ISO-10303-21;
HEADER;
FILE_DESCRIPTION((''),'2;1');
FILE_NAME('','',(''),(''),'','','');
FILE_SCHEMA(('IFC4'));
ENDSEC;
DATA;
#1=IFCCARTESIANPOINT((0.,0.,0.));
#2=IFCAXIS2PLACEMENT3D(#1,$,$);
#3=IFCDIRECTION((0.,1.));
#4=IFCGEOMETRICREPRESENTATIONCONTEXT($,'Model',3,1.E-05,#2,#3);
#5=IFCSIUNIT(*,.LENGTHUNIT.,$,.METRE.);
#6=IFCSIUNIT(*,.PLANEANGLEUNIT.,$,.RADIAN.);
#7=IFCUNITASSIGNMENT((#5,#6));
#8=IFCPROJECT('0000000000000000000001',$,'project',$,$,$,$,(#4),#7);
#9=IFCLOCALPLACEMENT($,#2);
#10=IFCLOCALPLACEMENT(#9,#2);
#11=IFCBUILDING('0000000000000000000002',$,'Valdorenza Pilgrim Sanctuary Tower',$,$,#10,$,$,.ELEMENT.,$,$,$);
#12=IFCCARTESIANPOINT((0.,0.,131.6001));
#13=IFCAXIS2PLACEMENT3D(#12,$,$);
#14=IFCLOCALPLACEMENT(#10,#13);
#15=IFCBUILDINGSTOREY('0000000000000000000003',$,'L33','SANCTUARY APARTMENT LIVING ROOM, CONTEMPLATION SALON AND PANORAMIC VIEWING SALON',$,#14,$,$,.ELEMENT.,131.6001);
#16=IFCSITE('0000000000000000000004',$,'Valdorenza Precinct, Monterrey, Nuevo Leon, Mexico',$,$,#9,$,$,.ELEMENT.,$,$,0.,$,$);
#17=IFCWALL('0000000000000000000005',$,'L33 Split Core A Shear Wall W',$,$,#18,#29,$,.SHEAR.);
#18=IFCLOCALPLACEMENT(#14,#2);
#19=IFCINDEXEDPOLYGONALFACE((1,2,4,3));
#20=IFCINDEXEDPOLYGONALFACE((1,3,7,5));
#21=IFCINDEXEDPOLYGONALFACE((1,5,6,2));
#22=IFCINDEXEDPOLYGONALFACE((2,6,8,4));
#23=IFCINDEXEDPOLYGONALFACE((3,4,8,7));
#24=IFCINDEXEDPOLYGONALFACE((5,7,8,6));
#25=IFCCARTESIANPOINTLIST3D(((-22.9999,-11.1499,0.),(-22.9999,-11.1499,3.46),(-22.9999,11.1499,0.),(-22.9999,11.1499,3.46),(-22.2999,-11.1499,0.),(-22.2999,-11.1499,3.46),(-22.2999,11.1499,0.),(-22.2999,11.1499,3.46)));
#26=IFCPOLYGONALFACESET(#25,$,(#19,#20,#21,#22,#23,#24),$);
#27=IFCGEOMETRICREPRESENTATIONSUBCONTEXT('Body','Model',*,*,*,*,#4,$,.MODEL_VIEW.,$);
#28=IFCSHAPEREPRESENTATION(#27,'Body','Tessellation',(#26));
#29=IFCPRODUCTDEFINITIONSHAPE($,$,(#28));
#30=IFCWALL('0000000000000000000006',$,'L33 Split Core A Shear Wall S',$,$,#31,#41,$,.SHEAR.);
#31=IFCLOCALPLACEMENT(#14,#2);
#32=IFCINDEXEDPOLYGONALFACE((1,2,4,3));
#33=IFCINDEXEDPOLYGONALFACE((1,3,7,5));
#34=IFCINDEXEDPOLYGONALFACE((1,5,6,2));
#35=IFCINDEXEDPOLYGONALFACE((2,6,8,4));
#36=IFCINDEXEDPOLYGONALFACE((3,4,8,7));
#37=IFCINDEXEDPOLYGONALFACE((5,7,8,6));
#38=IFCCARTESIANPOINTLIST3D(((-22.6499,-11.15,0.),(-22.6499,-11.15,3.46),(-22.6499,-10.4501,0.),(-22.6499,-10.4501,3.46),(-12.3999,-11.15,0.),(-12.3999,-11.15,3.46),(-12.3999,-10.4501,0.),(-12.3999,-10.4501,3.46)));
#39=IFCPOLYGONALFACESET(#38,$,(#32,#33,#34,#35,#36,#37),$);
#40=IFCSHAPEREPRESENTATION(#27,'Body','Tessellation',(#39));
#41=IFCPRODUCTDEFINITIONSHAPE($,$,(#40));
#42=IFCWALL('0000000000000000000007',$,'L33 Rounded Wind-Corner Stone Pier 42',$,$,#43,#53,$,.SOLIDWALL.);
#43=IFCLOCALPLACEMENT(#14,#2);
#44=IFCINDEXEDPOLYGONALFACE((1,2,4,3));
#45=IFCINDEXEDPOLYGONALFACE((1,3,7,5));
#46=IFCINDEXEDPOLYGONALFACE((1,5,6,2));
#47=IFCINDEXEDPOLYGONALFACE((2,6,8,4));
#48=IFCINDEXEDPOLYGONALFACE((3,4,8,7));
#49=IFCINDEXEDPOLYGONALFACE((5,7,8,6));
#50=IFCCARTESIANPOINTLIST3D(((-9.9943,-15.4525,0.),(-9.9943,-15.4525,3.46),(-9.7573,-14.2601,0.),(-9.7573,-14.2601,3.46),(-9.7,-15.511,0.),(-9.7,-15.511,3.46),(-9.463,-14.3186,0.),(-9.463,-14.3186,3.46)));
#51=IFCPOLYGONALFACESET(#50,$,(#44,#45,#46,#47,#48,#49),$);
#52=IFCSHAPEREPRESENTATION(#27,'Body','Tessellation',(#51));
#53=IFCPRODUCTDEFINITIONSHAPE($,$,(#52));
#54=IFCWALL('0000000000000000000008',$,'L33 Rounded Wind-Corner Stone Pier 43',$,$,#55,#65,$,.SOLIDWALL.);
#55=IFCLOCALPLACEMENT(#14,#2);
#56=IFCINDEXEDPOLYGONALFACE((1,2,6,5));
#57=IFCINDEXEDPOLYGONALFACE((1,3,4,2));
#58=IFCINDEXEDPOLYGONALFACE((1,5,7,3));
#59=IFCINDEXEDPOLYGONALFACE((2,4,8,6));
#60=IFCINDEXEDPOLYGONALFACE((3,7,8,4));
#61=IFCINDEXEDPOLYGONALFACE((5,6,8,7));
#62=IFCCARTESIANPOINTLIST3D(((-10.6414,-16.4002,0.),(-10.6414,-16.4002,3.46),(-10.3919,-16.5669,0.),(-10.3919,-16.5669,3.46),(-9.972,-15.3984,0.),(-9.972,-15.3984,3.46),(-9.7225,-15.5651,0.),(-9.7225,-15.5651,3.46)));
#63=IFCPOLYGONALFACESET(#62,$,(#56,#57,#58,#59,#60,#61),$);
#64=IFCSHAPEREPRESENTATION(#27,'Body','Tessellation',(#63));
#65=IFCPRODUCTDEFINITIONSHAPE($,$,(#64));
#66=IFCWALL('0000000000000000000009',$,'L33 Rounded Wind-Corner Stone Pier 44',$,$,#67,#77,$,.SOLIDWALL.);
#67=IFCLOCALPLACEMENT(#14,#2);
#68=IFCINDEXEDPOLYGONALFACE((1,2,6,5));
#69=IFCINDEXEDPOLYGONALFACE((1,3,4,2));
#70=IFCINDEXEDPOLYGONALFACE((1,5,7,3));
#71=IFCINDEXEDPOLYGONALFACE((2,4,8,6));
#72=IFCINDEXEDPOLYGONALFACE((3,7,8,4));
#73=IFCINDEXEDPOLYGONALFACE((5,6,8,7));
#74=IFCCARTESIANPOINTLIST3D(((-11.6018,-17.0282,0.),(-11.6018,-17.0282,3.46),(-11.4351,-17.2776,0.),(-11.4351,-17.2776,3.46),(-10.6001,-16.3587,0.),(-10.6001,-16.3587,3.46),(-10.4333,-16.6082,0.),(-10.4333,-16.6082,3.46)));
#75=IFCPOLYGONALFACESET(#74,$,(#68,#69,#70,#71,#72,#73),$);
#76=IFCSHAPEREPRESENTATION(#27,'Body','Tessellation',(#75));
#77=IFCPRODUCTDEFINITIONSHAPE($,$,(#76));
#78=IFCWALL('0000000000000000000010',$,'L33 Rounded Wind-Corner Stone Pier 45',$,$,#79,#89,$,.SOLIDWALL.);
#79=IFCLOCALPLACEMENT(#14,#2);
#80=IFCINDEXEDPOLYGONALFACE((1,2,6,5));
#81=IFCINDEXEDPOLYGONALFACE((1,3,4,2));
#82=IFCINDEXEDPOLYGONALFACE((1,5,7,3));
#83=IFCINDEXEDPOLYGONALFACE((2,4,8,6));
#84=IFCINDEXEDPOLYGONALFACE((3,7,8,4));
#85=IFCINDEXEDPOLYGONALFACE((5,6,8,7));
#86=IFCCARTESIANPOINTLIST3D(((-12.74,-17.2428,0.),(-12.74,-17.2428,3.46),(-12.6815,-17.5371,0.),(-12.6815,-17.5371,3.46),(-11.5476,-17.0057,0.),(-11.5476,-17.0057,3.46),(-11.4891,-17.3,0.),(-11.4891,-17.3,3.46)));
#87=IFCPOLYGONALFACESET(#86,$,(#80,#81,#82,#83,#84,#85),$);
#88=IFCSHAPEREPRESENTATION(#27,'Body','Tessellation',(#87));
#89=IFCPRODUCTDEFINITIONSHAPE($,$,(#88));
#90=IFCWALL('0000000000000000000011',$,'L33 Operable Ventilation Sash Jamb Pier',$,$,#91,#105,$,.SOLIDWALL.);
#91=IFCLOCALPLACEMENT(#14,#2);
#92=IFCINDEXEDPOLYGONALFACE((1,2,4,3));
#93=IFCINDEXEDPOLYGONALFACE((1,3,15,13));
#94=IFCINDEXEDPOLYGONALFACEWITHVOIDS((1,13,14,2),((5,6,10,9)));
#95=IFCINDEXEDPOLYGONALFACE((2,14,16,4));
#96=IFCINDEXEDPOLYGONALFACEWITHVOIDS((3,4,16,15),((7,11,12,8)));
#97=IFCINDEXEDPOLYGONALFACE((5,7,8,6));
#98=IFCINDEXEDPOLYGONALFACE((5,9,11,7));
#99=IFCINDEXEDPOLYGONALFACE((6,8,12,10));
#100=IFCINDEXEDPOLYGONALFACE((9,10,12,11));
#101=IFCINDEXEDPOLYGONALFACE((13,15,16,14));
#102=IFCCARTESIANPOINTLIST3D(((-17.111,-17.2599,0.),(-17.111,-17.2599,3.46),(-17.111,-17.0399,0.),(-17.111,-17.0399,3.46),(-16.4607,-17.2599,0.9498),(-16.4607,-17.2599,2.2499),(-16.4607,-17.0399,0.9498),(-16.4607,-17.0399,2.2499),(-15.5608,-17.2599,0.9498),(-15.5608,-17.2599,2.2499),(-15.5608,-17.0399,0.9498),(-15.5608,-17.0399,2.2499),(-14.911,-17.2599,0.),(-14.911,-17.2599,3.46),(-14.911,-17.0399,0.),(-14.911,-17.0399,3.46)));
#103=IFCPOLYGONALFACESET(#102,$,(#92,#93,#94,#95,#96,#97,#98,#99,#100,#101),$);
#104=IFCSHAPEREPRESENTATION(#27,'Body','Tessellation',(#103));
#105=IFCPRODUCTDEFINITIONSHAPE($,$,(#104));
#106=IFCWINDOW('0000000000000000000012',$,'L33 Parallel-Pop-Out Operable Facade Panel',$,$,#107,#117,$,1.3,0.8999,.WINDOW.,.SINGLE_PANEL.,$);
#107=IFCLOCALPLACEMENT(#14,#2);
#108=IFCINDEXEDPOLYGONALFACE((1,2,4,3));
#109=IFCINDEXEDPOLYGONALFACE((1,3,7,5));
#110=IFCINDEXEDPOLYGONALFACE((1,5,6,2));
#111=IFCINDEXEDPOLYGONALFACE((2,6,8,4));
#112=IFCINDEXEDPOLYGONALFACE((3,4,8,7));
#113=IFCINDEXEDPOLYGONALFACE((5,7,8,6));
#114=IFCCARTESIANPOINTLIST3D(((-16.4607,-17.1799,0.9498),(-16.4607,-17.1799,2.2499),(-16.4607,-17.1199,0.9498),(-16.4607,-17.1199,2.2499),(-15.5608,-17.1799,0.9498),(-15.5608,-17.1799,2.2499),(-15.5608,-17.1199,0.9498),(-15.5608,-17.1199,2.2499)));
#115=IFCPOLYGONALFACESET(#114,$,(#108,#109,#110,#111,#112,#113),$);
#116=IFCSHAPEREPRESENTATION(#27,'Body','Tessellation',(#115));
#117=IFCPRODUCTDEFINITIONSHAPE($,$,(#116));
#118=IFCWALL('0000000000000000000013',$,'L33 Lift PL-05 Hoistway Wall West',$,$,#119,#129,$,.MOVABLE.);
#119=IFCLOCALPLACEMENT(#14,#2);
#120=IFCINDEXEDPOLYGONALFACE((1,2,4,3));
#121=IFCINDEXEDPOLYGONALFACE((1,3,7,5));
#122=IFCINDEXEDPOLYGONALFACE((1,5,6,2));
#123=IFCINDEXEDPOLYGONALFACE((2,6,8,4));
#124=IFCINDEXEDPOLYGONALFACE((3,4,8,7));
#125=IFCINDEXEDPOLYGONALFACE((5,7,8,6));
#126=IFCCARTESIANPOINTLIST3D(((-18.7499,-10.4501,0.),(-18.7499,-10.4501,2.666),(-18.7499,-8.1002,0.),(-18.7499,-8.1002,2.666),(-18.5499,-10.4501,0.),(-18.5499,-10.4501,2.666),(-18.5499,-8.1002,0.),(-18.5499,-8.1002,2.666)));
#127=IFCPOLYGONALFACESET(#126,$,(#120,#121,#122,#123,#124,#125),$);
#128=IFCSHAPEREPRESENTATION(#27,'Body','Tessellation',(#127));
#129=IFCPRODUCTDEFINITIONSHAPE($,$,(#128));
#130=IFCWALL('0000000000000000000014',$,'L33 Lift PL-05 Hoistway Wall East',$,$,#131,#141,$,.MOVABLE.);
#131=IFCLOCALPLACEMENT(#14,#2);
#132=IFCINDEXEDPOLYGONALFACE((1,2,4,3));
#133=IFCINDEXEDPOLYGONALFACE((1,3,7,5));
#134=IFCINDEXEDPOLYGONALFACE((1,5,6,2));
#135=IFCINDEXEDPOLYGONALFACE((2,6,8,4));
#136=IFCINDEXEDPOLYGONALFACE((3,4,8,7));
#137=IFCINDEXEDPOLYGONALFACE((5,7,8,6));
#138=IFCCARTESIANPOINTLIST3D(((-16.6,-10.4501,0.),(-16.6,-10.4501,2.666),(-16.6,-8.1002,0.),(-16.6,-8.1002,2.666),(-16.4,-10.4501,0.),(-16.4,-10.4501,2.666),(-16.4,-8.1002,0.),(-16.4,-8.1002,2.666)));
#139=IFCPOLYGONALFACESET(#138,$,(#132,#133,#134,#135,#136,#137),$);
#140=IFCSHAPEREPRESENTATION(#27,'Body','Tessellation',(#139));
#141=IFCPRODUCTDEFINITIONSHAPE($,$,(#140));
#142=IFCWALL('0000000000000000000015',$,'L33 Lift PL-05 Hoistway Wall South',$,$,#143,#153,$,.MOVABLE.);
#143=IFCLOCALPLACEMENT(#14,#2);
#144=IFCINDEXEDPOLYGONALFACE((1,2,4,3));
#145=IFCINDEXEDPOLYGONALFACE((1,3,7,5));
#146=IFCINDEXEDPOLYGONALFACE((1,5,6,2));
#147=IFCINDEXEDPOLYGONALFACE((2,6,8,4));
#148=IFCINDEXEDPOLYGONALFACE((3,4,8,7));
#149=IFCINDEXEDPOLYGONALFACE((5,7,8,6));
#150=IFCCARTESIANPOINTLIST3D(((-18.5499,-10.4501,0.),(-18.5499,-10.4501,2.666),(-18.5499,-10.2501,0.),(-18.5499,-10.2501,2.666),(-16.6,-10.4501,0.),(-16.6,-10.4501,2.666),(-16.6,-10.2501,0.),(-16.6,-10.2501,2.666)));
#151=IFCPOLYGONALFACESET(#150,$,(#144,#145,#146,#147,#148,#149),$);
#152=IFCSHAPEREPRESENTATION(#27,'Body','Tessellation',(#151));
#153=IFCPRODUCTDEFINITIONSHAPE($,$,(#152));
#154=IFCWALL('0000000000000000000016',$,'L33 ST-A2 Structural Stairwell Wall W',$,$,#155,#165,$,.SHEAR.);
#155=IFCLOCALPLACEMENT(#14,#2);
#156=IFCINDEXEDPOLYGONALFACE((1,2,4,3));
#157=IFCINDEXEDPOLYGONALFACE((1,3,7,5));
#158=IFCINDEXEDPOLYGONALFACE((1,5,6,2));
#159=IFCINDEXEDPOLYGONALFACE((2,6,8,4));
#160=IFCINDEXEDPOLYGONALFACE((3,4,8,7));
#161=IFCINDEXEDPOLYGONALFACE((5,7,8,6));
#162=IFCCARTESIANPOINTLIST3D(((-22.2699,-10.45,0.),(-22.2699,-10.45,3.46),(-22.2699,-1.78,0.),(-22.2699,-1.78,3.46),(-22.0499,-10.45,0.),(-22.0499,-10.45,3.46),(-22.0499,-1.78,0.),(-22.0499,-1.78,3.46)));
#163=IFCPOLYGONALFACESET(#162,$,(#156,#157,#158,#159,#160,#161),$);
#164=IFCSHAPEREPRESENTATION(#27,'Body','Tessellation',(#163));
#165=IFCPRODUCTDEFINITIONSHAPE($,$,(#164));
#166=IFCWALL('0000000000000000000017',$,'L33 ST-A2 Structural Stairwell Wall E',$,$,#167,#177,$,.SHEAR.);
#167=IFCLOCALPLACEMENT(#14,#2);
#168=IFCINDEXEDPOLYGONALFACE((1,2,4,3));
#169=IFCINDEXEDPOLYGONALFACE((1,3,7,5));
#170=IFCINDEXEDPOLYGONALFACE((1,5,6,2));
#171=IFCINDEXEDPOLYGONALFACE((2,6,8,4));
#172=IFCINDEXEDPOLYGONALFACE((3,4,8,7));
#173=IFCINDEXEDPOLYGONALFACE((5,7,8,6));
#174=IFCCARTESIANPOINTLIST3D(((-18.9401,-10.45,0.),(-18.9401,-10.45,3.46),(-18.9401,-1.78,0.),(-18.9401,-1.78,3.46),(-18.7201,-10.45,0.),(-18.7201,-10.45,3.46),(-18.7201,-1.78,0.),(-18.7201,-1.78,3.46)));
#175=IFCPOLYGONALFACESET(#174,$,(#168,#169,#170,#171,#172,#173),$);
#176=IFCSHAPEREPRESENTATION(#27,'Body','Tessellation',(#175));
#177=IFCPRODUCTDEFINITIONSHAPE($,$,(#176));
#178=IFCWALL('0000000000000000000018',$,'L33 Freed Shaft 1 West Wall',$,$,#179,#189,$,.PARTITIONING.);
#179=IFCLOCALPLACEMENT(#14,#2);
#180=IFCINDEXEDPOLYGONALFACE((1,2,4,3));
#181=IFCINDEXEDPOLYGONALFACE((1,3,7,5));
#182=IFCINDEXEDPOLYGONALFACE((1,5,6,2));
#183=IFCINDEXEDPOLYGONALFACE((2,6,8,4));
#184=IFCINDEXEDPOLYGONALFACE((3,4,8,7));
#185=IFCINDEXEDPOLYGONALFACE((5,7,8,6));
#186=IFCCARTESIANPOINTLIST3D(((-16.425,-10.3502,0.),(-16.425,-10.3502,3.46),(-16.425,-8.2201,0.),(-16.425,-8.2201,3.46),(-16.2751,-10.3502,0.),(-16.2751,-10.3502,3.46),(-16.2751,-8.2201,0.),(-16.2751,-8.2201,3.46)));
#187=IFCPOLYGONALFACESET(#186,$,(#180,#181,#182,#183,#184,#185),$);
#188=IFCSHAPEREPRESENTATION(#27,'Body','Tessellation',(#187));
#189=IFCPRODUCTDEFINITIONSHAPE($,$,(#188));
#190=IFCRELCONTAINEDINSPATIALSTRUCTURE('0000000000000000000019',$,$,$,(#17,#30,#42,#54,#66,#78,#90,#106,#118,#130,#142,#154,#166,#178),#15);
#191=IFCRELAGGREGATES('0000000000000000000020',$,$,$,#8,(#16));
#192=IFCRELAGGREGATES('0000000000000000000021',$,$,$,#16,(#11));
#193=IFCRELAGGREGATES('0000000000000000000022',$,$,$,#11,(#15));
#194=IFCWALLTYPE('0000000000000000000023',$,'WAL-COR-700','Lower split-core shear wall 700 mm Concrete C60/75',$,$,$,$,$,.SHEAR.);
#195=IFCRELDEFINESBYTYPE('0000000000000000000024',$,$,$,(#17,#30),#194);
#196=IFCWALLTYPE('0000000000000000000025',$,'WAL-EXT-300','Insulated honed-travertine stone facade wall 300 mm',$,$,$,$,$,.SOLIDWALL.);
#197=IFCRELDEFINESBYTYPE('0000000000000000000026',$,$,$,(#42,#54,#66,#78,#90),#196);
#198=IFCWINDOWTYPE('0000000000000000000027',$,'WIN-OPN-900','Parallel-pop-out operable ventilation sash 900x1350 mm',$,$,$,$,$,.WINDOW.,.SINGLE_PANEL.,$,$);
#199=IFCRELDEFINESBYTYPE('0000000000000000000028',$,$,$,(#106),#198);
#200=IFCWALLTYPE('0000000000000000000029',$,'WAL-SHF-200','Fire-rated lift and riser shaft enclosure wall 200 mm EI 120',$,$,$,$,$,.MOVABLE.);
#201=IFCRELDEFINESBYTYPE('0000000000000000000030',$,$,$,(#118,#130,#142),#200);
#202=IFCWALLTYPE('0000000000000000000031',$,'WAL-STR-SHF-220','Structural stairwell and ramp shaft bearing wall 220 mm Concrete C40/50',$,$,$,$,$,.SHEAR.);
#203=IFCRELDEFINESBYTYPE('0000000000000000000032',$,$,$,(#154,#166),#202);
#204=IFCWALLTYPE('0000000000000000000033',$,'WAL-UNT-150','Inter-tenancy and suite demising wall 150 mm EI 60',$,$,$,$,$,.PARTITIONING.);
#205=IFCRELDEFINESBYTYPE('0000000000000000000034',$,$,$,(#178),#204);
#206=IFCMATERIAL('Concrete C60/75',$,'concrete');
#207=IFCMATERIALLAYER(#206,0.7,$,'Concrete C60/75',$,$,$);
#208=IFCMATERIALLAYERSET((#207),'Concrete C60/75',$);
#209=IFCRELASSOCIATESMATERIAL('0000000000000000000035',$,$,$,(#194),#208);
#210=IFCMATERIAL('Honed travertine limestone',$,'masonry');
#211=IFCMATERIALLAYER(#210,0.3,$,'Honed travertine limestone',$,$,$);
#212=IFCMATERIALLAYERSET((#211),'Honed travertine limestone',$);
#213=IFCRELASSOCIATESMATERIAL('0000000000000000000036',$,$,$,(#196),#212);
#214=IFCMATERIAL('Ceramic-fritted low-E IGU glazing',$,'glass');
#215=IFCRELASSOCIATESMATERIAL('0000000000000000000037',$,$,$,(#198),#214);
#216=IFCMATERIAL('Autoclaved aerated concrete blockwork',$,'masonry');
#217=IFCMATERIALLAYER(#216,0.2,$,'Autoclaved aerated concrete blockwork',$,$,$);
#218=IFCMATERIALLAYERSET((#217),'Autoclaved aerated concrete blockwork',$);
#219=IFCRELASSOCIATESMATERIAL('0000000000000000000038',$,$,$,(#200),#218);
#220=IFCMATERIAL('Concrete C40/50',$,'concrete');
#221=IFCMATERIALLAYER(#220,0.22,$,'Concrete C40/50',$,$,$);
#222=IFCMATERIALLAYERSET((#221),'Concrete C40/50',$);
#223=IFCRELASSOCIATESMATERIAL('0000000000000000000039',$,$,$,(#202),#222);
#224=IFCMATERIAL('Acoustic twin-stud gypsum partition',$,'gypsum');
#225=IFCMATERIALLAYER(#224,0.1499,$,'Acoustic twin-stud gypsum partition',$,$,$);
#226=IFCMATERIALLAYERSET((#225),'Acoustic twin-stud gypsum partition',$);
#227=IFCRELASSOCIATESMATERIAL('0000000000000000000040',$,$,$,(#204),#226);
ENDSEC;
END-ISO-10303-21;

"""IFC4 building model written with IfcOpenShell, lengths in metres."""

from ifc_helpers import new_model, si_unit, direction, frame, frame_2d, origin, place, context, subcontext, project, spatial, rectangle, extrude, material, layer, layer_set, type_object, element, fill, save


model = new_model("IFC4")

# Units and contexts
model_context = context("Model", 3, precision=1e-05, world=origin(), true_north=direction((0.0, 1.0)))
body_context = subcontext(model_context, "Body", "Model", "MODEL_VIEW")
ifc_project = project(units=[si_unit("LENGTHUNIT", "METRE"), si_unit("PLANEANGLEUNIT", "RADIAN")], contexts=[model_context])

# Site, building, storey
site_placement = place(None, origin())
site = spatial("IfcSite", under=ifc_project, at=site_placement, Name="Valdorenza Precinct, Monterrey, Nuevo Leon, Mexico", CompositionType="ELEMENT", RefElevation=0.0)
building_placement = place(site_placement, origin())
building = spatial("IfcBuilding", under=site, at=building_placement, Name="Valdorenza Pilgrim Sanctuary Tower", CompositionType="ELEMENT")
storey_placement = place(building_placement, frame((0.0, 0.0, 131.6001)))
storey = spatial("IfcBuildingStorey", under=building, at=storey_placement, Name="L33", Description="SANCTUARY APARTMENT LIVING ROOM, CONTEMPLATION SALON AND PANORAMIC VIEWING SALON", CompositionType="ELEMENT", Elevation=131.6001)

# Shared definitions
ifc_material_1 = material(Name="Concrete C60/75", Category="concrete")

# Shared definitions
ifc_material_2 = material(Name="Honed travertine limestone", Category="masonry")
ifc_material_3 = material(Name="Ceramic-fritted low-E IGU glazing", Category="glass")

# Walls
ifc_material_4 = material(Name="Acoustic twin-stud gypsum partition", Category="gypsum")
ifc_layer_1 = layer(ifc_material_1, 0.7, Name="Concrete C60/75")
ifc_layer_set_1 = layer_set([ifc_layer_1], Name="Concrete C60/75")
wall_type_1 = type_object("IfcWallType", Name="WAL-COR-700", Description="Lower split-core shear wall 700 mm Concrete C60/75", PredefinedType="SHEAR", material=ifc_layer_set_1)
wall_1_placement = place(storey_placement, frame((-22.6499, -11.1499, 0.0), z_axis=(0.0, 0.0, 1.0), x_axis=(0.0, 1.0, 0.0)))
element("IfcWall", 1, at=wall_1_placement, inside=storey, type_object=wall_type_1, Name="L33 Split Core A Shear Wall W", PredefinedType="SHEAR", context=body_context, shape_type="SweptSolid", body=[
    extrude(rectangle(XDim=22.2998, YDim=0.7, at=frame_2d((11.1499, 0.0))), origin(), (0.0, 0.0, 1.0), 3.46),
])
wall_2_placement = place(storey_placement, frame((-22.6499, -10.8, 0.0), z_axis=(0.0, 0.0, 1.0), x_axis=(1.0, 0.0, 0.0)))
element("IfcWall", 2, at=wall_2_placement, inside=storey, type_object=wall_type_1, Name="L33 Split Core A Shear Wall S", PredefinedType="SHEAR", context=body_context, shape_type="SweptSolid", body=[
    extrude(rectangle(XDim=10.25, YDim=0.7, at=frame_2d((5.125, 0.0))), origin(), (0.0, 0.0, 1.0), 3.46),
])
ifc_layer_2 = layer(ifc_material_2, 0.3, Name="Honed travertine limestone")
ifc_layer_set_2 = layer_set([ifc_layer_2], Name="Honed travertine limestone")
wall_type_2 = type_object("IfcWallType", Name="WAL-EXT-300", Description="Insulated honed-travertine stone facade wall 300 mm", PredefinedType="SOLIDWALL", material=ifc_layer_set_2)
wall_3_placement = place(storey_placement, frame((-9.6101, -14.2893, 0.0), z_axis=(0.0, 0.0, 1.0), x_axis=(-0.194996, -0.980804, 0.0)))
element("IfcWall", 3, at=wall_3_placement, inside=storey, type_object=wall_type_2, Name="L33 Rounded Wind-Corner Stone Pier 42", PredefinedType="SOLIDWALL", context=body_context, shape_type="SweptSolid", body=[
    extrude(rectangle(XDim=1.2158, YDim=0.3, at=frame_2d((0.6079, 0.0))), origin(), (0.0, 0.0, 1.0), 3.46),
])
for number, where, z_axis, x_axis, name in (
    (4, (-9.8472, -15.4817, 0.0), (0.0, 0.0, 1.0), (-0.555635, -0.831426, 0.0), "L33 Rounded Wind-Corner Stone Pier 43"),
    (5, (-10.5166, -16.4834, 0.0), (0.0, 0.0, 1.0), (-0.831426, -0.555635, 0.0), "L33 Rounded Wind-Corner Stone Pier 44"),
):
    element("IfcWall", number, at=place(storey_placement, frame(where, z_axis=z_axis, x_axis=x_axis)), inside=storey, type_object=wall_type_2, Name=name, PredefinedType="SOLIDWALL", context=body_context, shape_type="SweptSolid", body=[
        extrude(rectangle(XDim=1.2048, YDim=0.3, at=frame_2d((0.6025, 0.0))), origin(), (0.0, 0.0, 1.0), 3.46),
    ])
wall_4_placement = place(storey_placement, frame((-11.5183, -17.1528, 0.0), z_axis=(0.0, 0.0, 1.0), x_axis=(-0.980804, -0.194996, 0.0)))
element("IfcWall", 6, at=wall_4_placement, inside=storey, type_object=wall_type_2, Name="L33 Rounded Wind-Corner Stone Pier 45", PredefinedType="SOLIDWALL", context=body_context, shape_type="SweptSolid", body=[
    extrude(rectangle(XDim=1.2158, YDim=0.3, at=frame_2d((0.6079, 0.0))), origin(), (0.0, 0.0, 1.0), 3.46),
])

# Wall, opening, window
wall_5_placement = place(storey_placement, frame((-14.9109, -17.1499, 0.0), z_axis=(0.0, 0.0, 1.0), x_axis=(-1.0, 0.0, 0.0)))
wall_5 = element("IfcWall", 7, at=wall_5_placement, inside=storey, type_object=wall_type_2, Name="L33 Operable Ventilation Sash Jamb Pier", PredefinedType="SOLIDWALL", context=body_context, shape_type="SweptSolid", body=[
    extrude(rectangle(XDim=2.2, YDim=0.22, at=frame_2d((1.1001, 0.0))), origin(), (0.0, 0.0, 1.0), 3.46),
])
opening_placement = place(wall_5_placement, frame((0.6499, 0.0, 0.95)))
opening = element("IfcOpeningElement", 8, at=opening_placement, cuts=wall_5, PredefinedType="OPENING", context=body_context, shape_type="SweptSolid", body=[
    extrude(rectangle(XDim=0.8999, YDim=1.3, at=frame_2d((0.45, 0.6499))), frame((0.0, 0.125, 0.0), z_axis=(0.0, -1.0, 0.0), x_axis=(1.0, 0.0, 0.0)), (0.0, 0.0, 1.0), 0.2498),
])
window_type = type_object("IfcWindowType", Name="WIN-OPN-900", Description="Parallel-pop-out operable ventilation sash 900x1350 mm", PartitioningType="SINGLE_PANEL", PredefinedType="WINDOW", material=ifc_material_3)
window_placement = place(opening_placement, origin())
window = element("IfcWindow", 9, at=window_placement, inside=storey, type_object=window_type, Name="L33 Parallel-Pop-Out Operable Facade Panel", OverallHeight=1.3, OverallWidth=0.8999, PartitioningType="SINGLE_PANEL", PredefinedType="WINDOW", context=body_context, shape_type="SweptSolid", body=[
    extrude(rectangle(XDim=0.8999, YDim=1.3, at=frame_2d((0.45, 0.6499))), frame((0.0, 0.03, 0.0), z_axis=(0.0, -1.0, 0.0), x_axis=(1.0, 0.0, 0.0)), (0.0, 0.0, 1.0), 0.0601),
])
fill(opening, window)

# Walls
ifc_material_5 = material(Name="Autoclaved aerated concrete blockwork", Category="masonry")
ifc_layer_3 = layer(ifc_material_5, 0.2, Name="Autoclaved aerated concrete blockwork")
ifc_layer_set_3 = layer_set([ifc_layer_3], Name="Autoclaved aerated concrete blockwork")
wall_type_3 = type_object("IfcWallType", Name="WAL-SHF-200", Description="Fire-rated lift and riser shaft enclosure wall 200 mm EI 120", PredefinedType="MOVABLE", material=ifc_layer_set_3)
for number, where, z_axis, x_axis, name in (
    (10, (-18.6499, -10.45, 0.0), (0.0, 0.0, 1.0), (0.0, 1.0, 0.0), "L33 Lift PL-05 Hoistway Wall West"),
    (11, (-16.5, -10.45, 0.0), (0.0, 0.0, 1.0), (0.0, 1.0, 0.0), "L33 Lift PL-05 Hoistway Wall East"),
):
    element("IfcWall", number, at=place(storey_placement, frame(where, z_axis=z_axis, x_axis=x_axis)), inside=storey, type_object=wall_type_3, Name=name, PredefinedType="MOVABLE", context=body_context, shape_type="SweptSolid", body=[
        extrude(rectangle(XDim=2.3499, YDim=0.2, at=frame_2d((1.1748, 0.0))), origin(), (0.0, 0.0, 1.0), 2.666),
    ])
wall_6_placement = place(storey_placement, frame((-18.55, -10.3501, 0.0), z_axis=(0.0, 0.0, 1.0), x_axis=(1.0, 0.0, 0.0)))
element("IfcWall", 12, at=wall_6_placement, inside=storey, type_object=wall_type_3, Name="L33 Lift PL-05 Hoistway Wall South", PredefinedType="MOVABLE", context=body_context, shape_type="SweptSolid", body=[
    extrude(rectangle(XDim=1.95, YDim=0.2, at=frame_2d((0.9751, 0.0))), origin(), (0.0, 0.0, 1.0), 2.666),
])
ifc_material_6 = material(Name="Concrete C40/50", Category="concrete")
ifc_layer_4 = layer(ifc_material_6, 0.22, Name="Concrete C40/50")
ifc_layer_set_4 = layer_set([ifc_layer_4], Name="Concrete C40/50")
wall_type_4 = type_object("IfcWallType", Name="WAL-STR-SHF-220", Description="Structural stairwell and ramp shaft bearing wall 220 mm Concrete C40/50", PredefinedType="SHEAR", material=ifc_layer_set_4)
for number, where, z_axis, x_axis, name in (
    (13, (-22.1599, -10.45, 0.0), (0.0, 0.0, 1.0), (0.0, 1.0, 0.0), "L33 ST-A2 Structural Stairwell Wall W"),
    (14, (-18.8301, -10.45, 0.0), (0.0, 0.0, 1.0), (0.0, 1.0, 0.0), "L33 ST-A2 Structural Stairwell Wall E"),
):
    element("IfcWall", number, at=place(storey_placement, frame(where, z_axis=z_axis, x_axis=x_axis)), inside=storey, type_object=wall_type_4, Name=name, PredefinedType="SHEAR", context=body_context, shape_type="SweptSolid", body=[
        extrude(rectangle(XDim=8.6699, YDim=0.22, at=frame_2d((4.335, 0.0))), origin(), (0.0, 0.0, 1.0), 3.46),
    ])
ifc_layer_5 = layer(ifc_material_4, 0.1499, Name="Acoustic twin-stud gypsum partition")
ifc_layer_set_5 = layer_set([ifc_layer_5], Name="Acoustic twin-stud gypsum partition")
wall_type_5 = type_object("IfcWallType", Name="WAL-UNT-150", Description="Inter-tenancy and suite demising wall 150 mm EI 60", PredefinedType="PARTITIONING", material=ifc_layer_set_5)
wall_7_placement = place(storey_placement, frame((-16.3501, -10.3501, 0.0), z_axis=(0.0, 0.0, 1.0), x_axis=(0.0, 1.0, 0.0)))
element("IfcWall", 15, at=wall_7_placement, inside=storey, type_object=wall_type_5, Name="L33 Freed Shaft 1 West Wall", PredefinedType="PARTITIONING", context=body_context, shape_type="SweptSolid", body=[
    extrude(rectangle(XDim=2.1301, YDim=0.1499, at=frame_2d((1.0649, 0.0))), origin(), (0.0, 0.0, 1.0), 3.46),
])

save(model, "model.ifc")
